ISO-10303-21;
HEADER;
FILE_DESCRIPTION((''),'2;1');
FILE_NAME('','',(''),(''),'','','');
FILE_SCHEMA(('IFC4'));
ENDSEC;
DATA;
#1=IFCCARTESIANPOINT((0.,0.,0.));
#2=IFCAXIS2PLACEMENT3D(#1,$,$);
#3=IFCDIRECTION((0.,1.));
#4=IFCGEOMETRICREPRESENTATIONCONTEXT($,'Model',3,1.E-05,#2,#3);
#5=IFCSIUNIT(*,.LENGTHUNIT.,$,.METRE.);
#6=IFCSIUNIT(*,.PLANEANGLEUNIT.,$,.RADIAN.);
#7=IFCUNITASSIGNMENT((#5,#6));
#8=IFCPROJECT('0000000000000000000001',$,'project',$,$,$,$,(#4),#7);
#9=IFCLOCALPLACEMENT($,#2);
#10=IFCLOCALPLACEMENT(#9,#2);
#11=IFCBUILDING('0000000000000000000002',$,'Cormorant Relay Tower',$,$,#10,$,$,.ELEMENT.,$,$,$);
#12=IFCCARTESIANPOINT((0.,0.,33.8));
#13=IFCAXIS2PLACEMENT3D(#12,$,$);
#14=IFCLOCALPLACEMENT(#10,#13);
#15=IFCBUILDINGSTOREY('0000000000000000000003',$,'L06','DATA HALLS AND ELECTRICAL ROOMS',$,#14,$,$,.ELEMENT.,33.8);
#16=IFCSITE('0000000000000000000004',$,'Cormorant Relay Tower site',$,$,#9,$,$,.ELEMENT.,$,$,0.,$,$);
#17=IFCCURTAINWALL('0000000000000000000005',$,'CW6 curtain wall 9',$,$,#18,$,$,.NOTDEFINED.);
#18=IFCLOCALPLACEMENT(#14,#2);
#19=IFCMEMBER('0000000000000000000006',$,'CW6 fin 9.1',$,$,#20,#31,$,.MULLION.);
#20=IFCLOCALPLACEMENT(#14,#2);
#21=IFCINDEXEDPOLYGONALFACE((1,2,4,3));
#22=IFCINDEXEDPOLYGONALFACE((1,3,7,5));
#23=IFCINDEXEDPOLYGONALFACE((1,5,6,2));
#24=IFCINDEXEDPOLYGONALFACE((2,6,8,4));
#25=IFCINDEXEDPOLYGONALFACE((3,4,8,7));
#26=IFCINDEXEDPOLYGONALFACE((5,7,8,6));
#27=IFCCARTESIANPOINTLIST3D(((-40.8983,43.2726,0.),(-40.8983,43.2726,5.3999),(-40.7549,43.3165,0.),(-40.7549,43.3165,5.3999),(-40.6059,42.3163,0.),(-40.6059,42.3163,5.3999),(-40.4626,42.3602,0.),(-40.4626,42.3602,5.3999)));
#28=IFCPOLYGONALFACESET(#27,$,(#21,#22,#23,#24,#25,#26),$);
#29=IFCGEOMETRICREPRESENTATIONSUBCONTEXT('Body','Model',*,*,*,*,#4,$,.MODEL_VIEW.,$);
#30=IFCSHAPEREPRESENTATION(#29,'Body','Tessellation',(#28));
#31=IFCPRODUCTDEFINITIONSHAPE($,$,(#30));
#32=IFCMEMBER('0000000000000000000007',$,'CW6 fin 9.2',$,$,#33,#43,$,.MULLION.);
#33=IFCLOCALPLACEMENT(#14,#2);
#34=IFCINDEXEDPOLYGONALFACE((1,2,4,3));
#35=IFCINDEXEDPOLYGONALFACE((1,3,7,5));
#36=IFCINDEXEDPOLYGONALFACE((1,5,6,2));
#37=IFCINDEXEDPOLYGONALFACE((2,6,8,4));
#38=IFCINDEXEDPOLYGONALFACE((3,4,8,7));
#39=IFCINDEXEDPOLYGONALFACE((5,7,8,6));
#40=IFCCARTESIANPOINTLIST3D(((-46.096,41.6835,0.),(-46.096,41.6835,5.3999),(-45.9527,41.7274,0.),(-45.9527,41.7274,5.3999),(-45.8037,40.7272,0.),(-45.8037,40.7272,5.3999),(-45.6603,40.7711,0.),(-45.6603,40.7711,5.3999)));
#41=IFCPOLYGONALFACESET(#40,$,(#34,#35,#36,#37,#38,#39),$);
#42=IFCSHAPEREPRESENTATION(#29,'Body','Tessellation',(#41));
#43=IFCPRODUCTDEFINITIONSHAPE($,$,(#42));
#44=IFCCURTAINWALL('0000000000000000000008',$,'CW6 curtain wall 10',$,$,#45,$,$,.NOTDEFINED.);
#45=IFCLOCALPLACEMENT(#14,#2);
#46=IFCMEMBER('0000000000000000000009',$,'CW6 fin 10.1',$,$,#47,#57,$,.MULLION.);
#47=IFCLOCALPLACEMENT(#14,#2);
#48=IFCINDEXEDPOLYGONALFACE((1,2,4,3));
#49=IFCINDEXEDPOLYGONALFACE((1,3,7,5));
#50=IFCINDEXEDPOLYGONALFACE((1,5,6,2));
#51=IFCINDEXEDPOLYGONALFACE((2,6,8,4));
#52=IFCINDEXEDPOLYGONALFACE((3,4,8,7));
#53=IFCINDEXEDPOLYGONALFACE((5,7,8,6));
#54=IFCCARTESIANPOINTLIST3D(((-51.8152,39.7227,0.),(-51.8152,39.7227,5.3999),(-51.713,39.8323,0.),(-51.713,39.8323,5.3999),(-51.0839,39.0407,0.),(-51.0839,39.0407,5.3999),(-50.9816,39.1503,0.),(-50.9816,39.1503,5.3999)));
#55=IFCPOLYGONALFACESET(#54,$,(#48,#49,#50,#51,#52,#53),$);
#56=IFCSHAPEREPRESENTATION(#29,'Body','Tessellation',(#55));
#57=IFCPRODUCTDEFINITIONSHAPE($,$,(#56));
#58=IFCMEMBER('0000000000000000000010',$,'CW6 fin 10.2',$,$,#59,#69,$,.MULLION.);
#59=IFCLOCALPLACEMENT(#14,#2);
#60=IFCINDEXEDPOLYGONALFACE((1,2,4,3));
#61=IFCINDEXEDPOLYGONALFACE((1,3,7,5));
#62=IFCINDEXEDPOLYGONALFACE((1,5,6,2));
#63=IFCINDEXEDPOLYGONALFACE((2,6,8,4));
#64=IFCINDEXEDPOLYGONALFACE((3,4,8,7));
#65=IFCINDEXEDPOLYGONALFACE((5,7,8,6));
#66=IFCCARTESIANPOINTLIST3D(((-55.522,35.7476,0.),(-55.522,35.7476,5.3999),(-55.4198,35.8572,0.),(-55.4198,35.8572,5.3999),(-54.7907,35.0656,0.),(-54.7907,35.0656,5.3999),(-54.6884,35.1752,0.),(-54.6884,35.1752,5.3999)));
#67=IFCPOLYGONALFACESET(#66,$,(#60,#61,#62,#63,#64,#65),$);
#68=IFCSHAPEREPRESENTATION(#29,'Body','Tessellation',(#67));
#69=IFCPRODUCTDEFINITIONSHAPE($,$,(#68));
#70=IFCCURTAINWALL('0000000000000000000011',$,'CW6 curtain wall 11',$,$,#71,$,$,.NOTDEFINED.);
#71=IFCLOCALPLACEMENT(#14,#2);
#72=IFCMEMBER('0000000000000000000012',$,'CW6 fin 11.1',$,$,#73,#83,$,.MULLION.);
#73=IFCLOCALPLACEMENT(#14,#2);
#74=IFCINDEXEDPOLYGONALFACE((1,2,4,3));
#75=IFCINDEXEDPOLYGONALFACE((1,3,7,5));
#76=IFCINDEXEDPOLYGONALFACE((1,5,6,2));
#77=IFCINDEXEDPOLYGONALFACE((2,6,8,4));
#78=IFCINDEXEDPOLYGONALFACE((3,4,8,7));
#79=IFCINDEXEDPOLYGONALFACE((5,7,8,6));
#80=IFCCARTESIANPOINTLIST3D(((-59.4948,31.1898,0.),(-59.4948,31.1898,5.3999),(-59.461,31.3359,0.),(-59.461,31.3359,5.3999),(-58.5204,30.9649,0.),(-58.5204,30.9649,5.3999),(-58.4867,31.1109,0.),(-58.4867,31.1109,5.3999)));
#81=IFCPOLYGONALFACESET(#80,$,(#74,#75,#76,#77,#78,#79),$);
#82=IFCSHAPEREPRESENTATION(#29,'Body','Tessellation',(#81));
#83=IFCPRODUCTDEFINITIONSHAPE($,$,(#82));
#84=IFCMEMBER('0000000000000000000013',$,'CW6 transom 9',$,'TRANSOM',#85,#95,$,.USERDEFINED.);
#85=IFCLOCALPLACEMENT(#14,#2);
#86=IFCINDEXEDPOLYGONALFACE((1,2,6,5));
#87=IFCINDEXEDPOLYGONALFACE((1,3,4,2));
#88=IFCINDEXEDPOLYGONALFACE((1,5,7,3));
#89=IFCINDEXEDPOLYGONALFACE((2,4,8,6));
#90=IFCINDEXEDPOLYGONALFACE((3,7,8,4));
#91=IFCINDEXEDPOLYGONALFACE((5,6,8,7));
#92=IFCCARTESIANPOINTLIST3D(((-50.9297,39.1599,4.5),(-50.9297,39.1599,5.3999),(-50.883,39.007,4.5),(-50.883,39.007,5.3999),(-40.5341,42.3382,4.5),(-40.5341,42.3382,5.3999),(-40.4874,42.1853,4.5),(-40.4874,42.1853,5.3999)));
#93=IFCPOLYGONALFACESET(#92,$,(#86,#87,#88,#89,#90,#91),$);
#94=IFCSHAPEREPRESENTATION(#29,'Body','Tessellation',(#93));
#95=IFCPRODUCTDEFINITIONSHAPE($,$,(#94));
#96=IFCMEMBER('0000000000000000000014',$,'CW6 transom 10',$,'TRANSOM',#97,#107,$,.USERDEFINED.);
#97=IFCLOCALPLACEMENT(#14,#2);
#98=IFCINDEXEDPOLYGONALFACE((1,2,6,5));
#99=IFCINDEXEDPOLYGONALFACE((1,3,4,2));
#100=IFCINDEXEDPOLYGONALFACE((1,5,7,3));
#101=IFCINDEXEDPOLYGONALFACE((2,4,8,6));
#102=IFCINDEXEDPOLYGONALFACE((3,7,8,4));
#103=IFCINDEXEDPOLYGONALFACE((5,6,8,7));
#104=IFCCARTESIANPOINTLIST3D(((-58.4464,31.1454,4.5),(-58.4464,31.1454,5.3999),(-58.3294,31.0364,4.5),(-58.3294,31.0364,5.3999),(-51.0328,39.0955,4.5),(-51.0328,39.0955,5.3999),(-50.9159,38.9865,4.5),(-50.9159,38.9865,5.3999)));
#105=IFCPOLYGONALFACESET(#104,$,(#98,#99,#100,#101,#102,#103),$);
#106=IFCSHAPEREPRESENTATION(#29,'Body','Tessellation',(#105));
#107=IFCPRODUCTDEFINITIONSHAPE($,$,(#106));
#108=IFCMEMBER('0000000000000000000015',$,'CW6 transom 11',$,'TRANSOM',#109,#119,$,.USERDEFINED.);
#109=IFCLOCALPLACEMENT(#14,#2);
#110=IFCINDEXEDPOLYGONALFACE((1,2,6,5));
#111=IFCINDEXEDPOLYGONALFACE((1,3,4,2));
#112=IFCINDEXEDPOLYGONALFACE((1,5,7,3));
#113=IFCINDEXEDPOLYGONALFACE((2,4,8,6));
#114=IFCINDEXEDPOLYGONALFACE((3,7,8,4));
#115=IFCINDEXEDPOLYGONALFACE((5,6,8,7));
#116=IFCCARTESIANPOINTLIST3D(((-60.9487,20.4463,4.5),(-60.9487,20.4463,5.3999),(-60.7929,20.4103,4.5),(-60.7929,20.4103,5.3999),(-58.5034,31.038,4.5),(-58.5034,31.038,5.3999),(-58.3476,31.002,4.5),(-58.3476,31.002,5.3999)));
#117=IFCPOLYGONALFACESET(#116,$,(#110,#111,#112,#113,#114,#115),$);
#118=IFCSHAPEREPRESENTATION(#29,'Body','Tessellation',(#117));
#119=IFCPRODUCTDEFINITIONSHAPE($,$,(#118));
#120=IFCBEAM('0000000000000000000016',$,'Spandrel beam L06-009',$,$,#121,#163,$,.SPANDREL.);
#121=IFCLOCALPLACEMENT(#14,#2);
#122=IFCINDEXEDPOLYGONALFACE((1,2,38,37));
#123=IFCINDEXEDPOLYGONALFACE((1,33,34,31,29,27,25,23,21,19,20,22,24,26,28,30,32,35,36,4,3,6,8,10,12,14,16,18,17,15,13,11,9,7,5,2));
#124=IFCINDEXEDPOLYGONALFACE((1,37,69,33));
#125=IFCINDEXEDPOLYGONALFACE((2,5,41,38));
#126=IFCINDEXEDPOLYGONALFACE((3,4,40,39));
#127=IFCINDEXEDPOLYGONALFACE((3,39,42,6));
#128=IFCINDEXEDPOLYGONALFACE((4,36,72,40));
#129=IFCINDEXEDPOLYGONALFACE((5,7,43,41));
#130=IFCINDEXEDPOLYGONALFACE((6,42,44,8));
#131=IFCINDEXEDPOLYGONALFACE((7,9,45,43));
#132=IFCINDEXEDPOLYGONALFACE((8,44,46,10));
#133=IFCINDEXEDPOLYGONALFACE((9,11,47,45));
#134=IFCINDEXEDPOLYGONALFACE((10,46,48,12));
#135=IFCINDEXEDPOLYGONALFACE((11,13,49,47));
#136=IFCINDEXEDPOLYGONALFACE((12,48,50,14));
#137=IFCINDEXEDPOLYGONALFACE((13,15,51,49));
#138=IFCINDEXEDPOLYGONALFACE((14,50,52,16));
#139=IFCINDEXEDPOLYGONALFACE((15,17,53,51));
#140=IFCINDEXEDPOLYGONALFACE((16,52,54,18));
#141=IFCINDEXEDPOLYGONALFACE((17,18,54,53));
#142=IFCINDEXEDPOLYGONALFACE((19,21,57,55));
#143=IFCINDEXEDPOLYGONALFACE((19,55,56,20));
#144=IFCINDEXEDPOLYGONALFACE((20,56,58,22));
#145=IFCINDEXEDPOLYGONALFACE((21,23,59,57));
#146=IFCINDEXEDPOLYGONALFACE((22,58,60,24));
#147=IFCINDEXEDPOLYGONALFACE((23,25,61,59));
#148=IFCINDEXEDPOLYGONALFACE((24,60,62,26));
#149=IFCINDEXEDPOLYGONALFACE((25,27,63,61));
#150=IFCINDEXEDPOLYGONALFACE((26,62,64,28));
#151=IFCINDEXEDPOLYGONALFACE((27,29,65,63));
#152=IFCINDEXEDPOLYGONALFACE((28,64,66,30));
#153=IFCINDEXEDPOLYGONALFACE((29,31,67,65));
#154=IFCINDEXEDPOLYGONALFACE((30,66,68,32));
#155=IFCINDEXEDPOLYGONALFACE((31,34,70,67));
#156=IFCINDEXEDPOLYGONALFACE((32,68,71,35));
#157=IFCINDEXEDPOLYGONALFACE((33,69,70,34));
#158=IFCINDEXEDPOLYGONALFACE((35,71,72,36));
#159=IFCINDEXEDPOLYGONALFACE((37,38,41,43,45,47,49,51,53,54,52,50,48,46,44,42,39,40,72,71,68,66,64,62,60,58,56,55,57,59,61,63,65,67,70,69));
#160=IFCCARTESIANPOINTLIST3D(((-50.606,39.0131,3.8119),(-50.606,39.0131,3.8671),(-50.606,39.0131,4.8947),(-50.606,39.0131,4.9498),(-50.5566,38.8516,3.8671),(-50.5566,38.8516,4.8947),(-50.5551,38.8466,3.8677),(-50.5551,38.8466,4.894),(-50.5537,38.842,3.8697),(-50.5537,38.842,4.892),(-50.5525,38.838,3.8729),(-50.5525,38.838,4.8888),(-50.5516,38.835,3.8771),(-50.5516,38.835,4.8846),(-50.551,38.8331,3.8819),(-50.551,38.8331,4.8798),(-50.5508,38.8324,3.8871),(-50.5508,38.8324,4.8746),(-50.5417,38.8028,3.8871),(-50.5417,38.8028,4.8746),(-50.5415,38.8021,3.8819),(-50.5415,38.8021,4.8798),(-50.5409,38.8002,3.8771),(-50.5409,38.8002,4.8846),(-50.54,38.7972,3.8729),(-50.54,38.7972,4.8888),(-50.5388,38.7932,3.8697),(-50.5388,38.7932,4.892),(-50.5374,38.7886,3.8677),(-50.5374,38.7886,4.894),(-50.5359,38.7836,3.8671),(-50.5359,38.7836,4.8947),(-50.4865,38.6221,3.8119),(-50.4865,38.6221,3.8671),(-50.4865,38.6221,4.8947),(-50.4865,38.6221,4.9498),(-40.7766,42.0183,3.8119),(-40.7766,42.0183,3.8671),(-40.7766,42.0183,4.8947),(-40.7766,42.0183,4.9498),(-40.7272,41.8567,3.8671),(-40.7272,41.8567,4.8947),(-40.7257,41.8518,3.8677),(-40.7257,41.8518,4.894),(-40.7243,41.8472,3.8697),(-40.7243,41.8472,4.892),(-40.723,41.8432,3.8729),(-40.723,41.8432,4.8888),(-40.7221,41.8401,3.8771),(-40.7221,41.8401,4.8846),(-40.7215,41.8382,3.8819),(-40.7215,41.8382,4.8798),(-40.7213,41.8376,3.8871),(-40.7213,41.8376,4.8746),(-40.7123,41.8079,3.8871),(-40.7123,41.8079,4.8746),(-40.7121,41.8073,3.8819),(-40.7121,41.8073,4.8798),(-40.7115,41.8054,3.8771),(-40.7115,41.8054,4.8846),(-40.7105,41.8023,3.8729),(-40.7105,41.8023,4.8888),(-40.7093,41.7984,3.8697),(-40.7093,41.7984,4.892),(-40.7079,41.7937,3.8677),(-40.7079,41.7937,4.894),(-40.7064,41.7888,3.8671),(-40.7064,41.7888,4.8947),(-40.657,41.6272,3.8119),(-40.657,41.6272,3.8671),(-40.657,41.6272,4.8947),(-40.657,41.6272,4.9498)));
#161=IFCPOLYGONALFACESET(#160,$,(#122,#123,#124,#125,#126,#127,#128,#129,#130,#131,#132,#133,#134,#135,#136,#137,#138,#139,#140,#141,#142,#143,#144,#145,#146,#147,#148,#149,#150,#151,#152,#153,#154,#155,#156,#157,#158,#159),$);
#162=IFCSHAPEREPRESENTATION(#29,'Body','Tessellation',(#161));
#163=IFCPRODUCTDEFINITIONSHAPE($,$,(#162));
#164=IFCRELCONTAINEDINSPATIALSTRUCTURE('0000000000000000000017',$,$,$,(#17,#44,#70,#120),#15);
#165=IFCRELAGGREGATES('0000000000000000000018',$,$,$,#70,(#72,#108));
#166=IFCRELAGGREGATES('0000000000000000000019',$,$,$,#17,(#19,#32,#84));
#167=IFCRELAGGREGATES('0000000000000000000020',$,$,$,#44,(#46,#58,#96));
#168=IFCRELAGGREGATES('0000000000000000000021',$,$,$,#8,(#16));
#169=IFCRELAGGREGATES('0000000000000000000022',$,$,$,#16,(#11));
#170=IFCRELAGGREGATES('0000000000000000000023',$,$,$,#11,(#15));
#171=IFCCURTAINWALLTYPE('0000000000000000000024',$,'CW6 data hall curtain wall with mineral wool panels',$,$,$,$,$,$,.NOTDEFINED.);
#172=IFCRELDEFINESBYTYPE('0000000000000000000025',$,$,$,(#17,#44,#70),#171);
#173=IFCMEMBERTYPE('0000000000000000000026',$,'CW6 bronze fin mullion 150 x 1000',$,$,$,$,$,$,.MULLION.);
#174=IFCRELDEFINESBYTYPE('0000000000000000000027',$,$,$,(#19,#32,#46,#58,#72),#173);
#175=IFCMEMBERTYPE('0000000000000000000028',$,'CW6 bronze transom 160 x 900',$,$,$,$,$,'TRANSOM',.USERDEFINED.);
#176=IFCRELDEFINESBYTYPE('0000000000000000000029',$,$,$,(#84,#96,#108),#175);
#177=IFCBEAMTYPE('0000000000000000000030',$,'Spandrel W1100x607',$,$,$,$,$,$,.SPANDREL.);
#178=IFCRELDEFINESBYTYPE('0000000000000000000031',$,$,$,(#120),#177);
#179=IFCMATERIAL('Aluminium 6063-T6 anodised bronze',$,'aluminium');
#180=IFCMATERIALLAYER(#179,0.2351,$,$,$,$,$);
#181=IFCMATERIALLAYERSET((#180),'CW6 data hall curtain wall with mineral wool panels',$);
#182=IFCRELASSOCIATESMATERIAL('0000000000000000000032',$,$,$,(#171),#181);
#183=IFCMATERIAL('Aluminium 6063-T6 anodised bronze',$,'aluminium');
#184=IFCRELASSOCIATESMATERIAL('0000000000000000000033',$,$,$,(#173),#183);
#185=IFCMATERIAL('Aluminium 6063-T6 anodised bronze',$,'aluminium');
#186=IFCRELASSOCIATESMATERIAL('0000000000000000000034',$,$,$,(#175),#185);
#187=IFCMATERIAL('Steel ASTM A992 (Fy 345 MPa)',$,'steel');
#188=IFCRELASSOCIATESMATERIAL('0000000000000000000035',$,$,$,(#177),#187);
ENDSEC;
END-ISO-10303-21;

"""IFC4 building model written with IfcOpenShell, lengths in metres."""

from ifc_helpers import new_model, si_unit, direction, frame, origin, origin_2d, place, context, subcontext, project, spatial, rectangle, i_section, extrude, material, layer, layer_set, material_profile, profile_set, type_object, element, aggregate, save


model = new_model("IFC4")

# Units and contexts
model_context = context("Model", 3, precision=1e-05, world=origin(), true_north=direction((0.0, 1.0)))
body_context = subcontext(model_context, "Body", "Model", "MODEL_VIEW")
ifc_project = project(units=[si_unit("LENGTHUNIT", "METRE"), si_unit("PLANEANGLEUNIT", "RADIAN")], contexts=[model_context])

# Site, building, storey
site_placement = place(None, origin())
site = spatial("IfcSite", under=ifc_project, at=site_placement, Name="Cormorant Relay Tower site", CompositionType="ELEMENT", RefElevation=0.0)
building_placement = place(site_placement, origin())
building = spatial("IfcBuilding", under=site, at=building_placement, Name="Cormorant Relay Tower", CompositionType="ELEMENT")
storey_placement = place(building_placement, frame((0.0, 0.0, 33.8)))
storey = spatial("IfcBuildingStorey", under=building, at=storey_placement, Name="L06", Description="DATA HALLS AND ELECTRICAL ROOMS", CompositionType="ELEMENT", Elevation=33.8)

# Shared definitions
ifc_material_1 = material(Name="Aluminium 6063-T6 anodised bronze", Category="aluminium")
ifc_layer_1 = layer(ifc_material_1, 0.2351)
ifc_layer_set_1 = layer_set([ifc_layer_1], Name="CW6 data hall curtain wall with mineral wool panels")
curtain_wall_type = type_object("IfcCurtainWallType", Name="CW6 data hall curtain wall with mineral wool panels", PredefinedType="NOTDEFINED", material=ifc_layer_set_1)
ifc_material_2 = material(Name="Aluminium 6063-T6 anodised bronze", Category="aluminium")
ifc_material_profile_1 = material_profile(ifc_material_2, rectangle(XDim=0.1499, YDim=1.0, at=origin_2d()), Name="AL 150x1000")
ifc_profile_set_1 = profile_set([ifc_material_profile_1], Name="Aluminium 6063-T6 anodised bronze")
member_type_1 = type_object("IfcMemberType", Name="CW6 bronze fin mullion 150 x 1000", PredefinedType="MULLION", material=ifc_profile_set_1)

# Curtain walls, members
curtain_wall_1_placement = place(storey_placement, origin())
curtain_wall_1 = element("IfcCurtainWall", 1, at=curtain_wall_1_placement, inside=storey, type_object=curtain_wall_type, Name="CW6 curtain wall 9", PredefinedType="NOTDEFINED")
member_1_placement = place(storey_placement, frame((-40.6804, 42.8164, 0.0), z_axis=(0.0, 0.0, 1.0), x_axis=(-0.956305, -0.292372, 0.0)))
member_1 = element("IfcMember", 2, at=member_1_placement, type_object=member_type_1, Name="CW6 fin 9.1", PredefinedType="MULLION", context=body_context, shape_type="SweptSolid", body=[
    extrude(rectangle(XDim=0.1499, YDim=1.0, at=origin_2d()), origin(), (0.0, 0.0, 1.0), 5.3999),
])
member_2_placement = place(storey_placement, frame((-45.8782, 41.2273, 0.0), z_axis=(0.0, 0.0, 1.0), x_axis=(-0.956305, -0.292372, 0.0)))
member_2 = element("IfcMember", 3, at=member_2_placement, type_object=member_type_1, Name="CW6 fin 9.2", PredefinedType="MULLION", context=body_context, shape_type="SweptSolid", body=[
    extrude(rectangle(XDim=0.1499, YDim=1.0, at=origin_2d()), origin(), (0.0, 0.0, 1.0), 5.3999),
])
curtain_wall_2_placement = place(storey_placement, origin())
curtain_wall_2 = element("IfcCurtainWall", 4, at=curtain_wall_2_placement, inside=storey, type_object=curtain_wall_type, Name="CW6 curtain wall 10", PredefinedType="NOTDEFINED")
member_3_placement = place(storey_placement, frame((-51.3984, 39.4365, 0.0), z_axis=(0.0, 0.0, 1.0), x_axis=(-0.681998, -0.731354, 0.0)))
member_3 = element("IfcMember", 5, at=member_3_placement, type_object=member_type_1, Name="CW6 fin 10.1", PredefinedType="MULLION", context=body_context, shape_type="SweptSolid", body=[
    extrude(rectangle(XDim=0.1499, YDim=1.0, at=origin_2d()), origin(), (0.0, 0.0, 1.0), 5.3999),
])
member_4_placement = place(storey_placement, frame((-55.1052, 35.4614, 0.0), z_axis=(0.0, 0.0, 1.0), x_axis=(-0.681998, -0.731354, 0.0)))
member_4 = element("IfcMember", 6, at=member_4_placement, type_object=member_type_1, Name="CW6 fin 10.2", PredefinedType="MULLION", context=body_context, shape_type="SweptSolid", body=[
    extrude(rectangle(XDim=0.1499, YDim=1.0, at=origin_2d()), origin(), (0.0, 0.0, 1.0), 5.3999),
])

# Curtain wall, member
curtain_wall_3_placement = place(storey_placement, origin())
curtain_wall_3 = element("IfcCurtainWall", 7, at=curtain_wall_3_placement, inside=storey, type_object=curtain_wall_type, Name="CW6 curtain wall 11", PredefinedType="NOTDEFINED")
member_5_placement = place(storey_placement, frame((-58.9907, 31.1504, 0.0), z_axis=(0.0, 0.0, 1.0), x_axis=(-0.224951, -0.97437, 0.0)))
member_5 = element("IfcMember", 8, at=member_5_placement, type_object=member_type_1, Name="CW6 fin 11.1", PredefinedType="MULLION", context=body_context, shape_type="SweptSolid", body=[
    extrude(rectangle(XDim=0.1499, YDim=1.0, at=origin_2d()), origin(), (0.0, 0.0, 1.0), 5.3999),
])

# Members
ifc_material_3 = material(Name="Aluminium 6063-T6 anodised bronze", Category="aluminium")
ifc_material_profile_2 = material_profile(ifc_material_3, rectangle(XDim=0.1599, YDim=0.8999, at=origin_2d()), Name="AL 160x900")
ifc_profile_set_2 = profile_set([ifc_material_profile_2], Name="Aluminium 6063-T6 anodised bronze")
member_type_2 = type_object("IfcMemberType", Name="CW6 bronze transom 160 x 900", ElementType="TRANSOM", PredefinedType="USERDEFINED", material=ifc_profile_set_2)
member_6_placement = place(storey_placement, frame((-40.5107, 42.2617, 4.95), z_axis=(-0.956305, -0.292371, 0.0), x_axis=(0.292371, -0.956305, 0.0)))
member_6 = element("IfcMember", 9, at=member_6_placement, type_object=member_type_2, Name="CW6 transom 9", ObjectType="TRANSOM", PredefinedType="USERDEFINED", context=body_context, shape_type="SweptSolid", body=[
    extrude(rectangle(XDim=0.1599, YDim=0.8999, at=origin_2d()), origin(), (0.0, 0.0, 1.0), 10.8706),
])
member_7_placement = place(storey_placement, frame((-50.9744, 39.041, 4.95), z_axis=(-0.681993, -0.731358, 0.0), x_axis=(0.731358, -0.681993, 0.0)))
member_7 = element("IfcMember", 10, at=member_7_placement, type_object=member_type_2, Name="CW6 transom 10", ObjectType="TRANSOM", PredefinedType="USERDEFINED", context=body_context, shape_type="SweptSolid", body=[
    extrude(rectangle(XDim=0.1599, YDim=0.8999, at=origin_2d()), origin(), (0.0, 0.0, 1.0), 10.8704),
])
member_8_placement = place(storey_placement, frame((-58.4255, 31.02, 4.95), z_axis=(-0.224951, -0.97437, 0.0), x_axis=(0.97437, -0.224951, 0.0)))
member_8 = element("IfcMember", 11, at=member_8_placement, type_object=member_type_2, Name="CW6 transom 11", ObjectType="TRANSOM", PredefinedType="USERDEFINED", context=body_context, shape_type="SweptSolid", body=[
    extrude(rectangle(XDim=0.1599, YDim=0.8999, at=origin_2d()), origin(), (0.0, 0.0, 1.0), 10.8704),
])
aggregate(curtain_wall_3, [member_5, member_8])

# Beam
ifc_material_4 = material(Name="Steel ASTM A992 (Fy 345 MPa)", Category="steel")
ifc_material_profile_3 = material_profile(ifc_material_4, i_section(OverallWidth=0.4089, OverallDepth=1.1379, WebThickness=0.031, FlangeThickness=0.0552, FilletRadius=0.02, at=origin_2d()), Name="W1100x607")
ifc_profile_set_3 = profile_set([ifc_material_profile_3], Name="Steel ASTM A992 (Fy 345 MPa)")
beam_type = type_object("IfcBeamType", Name="Spandrel W1100x607", PredefinedType="SPANDREL", material=ifc_profile_set_3)
beam_1_placement = place(storey_placement, frame((-40.7168, 41.8228, 4.3809), z_axis=(-0.956305, -0.292371, 0.0), x_axis=(0.292371, -0.956305, 0.0)))
element("IfcBeam", 12, at=beam_1_placement, inside=storey, type_object=beam_type, Name="Spandrel beam L06-009", PredefinedType="SPANDREL", context=body_context, shape_type="SweptSolid", body=[
    extrude(i_section(OverallWidth=0.4089, OverallDepth=1.1379, WebThickness=0.031, FlangeThickness=0.0552, FilletRadius=0.02, at=origin_2d()), origin(), (0.0, 0.0, 1.0), 10.2786),
])

aggregate(curtain_wall_1, [member_1, member_2, member_6])
aggregate(curtain_wall_2, [member_3, member_4, member_7])

save(model, "model.ifc")
